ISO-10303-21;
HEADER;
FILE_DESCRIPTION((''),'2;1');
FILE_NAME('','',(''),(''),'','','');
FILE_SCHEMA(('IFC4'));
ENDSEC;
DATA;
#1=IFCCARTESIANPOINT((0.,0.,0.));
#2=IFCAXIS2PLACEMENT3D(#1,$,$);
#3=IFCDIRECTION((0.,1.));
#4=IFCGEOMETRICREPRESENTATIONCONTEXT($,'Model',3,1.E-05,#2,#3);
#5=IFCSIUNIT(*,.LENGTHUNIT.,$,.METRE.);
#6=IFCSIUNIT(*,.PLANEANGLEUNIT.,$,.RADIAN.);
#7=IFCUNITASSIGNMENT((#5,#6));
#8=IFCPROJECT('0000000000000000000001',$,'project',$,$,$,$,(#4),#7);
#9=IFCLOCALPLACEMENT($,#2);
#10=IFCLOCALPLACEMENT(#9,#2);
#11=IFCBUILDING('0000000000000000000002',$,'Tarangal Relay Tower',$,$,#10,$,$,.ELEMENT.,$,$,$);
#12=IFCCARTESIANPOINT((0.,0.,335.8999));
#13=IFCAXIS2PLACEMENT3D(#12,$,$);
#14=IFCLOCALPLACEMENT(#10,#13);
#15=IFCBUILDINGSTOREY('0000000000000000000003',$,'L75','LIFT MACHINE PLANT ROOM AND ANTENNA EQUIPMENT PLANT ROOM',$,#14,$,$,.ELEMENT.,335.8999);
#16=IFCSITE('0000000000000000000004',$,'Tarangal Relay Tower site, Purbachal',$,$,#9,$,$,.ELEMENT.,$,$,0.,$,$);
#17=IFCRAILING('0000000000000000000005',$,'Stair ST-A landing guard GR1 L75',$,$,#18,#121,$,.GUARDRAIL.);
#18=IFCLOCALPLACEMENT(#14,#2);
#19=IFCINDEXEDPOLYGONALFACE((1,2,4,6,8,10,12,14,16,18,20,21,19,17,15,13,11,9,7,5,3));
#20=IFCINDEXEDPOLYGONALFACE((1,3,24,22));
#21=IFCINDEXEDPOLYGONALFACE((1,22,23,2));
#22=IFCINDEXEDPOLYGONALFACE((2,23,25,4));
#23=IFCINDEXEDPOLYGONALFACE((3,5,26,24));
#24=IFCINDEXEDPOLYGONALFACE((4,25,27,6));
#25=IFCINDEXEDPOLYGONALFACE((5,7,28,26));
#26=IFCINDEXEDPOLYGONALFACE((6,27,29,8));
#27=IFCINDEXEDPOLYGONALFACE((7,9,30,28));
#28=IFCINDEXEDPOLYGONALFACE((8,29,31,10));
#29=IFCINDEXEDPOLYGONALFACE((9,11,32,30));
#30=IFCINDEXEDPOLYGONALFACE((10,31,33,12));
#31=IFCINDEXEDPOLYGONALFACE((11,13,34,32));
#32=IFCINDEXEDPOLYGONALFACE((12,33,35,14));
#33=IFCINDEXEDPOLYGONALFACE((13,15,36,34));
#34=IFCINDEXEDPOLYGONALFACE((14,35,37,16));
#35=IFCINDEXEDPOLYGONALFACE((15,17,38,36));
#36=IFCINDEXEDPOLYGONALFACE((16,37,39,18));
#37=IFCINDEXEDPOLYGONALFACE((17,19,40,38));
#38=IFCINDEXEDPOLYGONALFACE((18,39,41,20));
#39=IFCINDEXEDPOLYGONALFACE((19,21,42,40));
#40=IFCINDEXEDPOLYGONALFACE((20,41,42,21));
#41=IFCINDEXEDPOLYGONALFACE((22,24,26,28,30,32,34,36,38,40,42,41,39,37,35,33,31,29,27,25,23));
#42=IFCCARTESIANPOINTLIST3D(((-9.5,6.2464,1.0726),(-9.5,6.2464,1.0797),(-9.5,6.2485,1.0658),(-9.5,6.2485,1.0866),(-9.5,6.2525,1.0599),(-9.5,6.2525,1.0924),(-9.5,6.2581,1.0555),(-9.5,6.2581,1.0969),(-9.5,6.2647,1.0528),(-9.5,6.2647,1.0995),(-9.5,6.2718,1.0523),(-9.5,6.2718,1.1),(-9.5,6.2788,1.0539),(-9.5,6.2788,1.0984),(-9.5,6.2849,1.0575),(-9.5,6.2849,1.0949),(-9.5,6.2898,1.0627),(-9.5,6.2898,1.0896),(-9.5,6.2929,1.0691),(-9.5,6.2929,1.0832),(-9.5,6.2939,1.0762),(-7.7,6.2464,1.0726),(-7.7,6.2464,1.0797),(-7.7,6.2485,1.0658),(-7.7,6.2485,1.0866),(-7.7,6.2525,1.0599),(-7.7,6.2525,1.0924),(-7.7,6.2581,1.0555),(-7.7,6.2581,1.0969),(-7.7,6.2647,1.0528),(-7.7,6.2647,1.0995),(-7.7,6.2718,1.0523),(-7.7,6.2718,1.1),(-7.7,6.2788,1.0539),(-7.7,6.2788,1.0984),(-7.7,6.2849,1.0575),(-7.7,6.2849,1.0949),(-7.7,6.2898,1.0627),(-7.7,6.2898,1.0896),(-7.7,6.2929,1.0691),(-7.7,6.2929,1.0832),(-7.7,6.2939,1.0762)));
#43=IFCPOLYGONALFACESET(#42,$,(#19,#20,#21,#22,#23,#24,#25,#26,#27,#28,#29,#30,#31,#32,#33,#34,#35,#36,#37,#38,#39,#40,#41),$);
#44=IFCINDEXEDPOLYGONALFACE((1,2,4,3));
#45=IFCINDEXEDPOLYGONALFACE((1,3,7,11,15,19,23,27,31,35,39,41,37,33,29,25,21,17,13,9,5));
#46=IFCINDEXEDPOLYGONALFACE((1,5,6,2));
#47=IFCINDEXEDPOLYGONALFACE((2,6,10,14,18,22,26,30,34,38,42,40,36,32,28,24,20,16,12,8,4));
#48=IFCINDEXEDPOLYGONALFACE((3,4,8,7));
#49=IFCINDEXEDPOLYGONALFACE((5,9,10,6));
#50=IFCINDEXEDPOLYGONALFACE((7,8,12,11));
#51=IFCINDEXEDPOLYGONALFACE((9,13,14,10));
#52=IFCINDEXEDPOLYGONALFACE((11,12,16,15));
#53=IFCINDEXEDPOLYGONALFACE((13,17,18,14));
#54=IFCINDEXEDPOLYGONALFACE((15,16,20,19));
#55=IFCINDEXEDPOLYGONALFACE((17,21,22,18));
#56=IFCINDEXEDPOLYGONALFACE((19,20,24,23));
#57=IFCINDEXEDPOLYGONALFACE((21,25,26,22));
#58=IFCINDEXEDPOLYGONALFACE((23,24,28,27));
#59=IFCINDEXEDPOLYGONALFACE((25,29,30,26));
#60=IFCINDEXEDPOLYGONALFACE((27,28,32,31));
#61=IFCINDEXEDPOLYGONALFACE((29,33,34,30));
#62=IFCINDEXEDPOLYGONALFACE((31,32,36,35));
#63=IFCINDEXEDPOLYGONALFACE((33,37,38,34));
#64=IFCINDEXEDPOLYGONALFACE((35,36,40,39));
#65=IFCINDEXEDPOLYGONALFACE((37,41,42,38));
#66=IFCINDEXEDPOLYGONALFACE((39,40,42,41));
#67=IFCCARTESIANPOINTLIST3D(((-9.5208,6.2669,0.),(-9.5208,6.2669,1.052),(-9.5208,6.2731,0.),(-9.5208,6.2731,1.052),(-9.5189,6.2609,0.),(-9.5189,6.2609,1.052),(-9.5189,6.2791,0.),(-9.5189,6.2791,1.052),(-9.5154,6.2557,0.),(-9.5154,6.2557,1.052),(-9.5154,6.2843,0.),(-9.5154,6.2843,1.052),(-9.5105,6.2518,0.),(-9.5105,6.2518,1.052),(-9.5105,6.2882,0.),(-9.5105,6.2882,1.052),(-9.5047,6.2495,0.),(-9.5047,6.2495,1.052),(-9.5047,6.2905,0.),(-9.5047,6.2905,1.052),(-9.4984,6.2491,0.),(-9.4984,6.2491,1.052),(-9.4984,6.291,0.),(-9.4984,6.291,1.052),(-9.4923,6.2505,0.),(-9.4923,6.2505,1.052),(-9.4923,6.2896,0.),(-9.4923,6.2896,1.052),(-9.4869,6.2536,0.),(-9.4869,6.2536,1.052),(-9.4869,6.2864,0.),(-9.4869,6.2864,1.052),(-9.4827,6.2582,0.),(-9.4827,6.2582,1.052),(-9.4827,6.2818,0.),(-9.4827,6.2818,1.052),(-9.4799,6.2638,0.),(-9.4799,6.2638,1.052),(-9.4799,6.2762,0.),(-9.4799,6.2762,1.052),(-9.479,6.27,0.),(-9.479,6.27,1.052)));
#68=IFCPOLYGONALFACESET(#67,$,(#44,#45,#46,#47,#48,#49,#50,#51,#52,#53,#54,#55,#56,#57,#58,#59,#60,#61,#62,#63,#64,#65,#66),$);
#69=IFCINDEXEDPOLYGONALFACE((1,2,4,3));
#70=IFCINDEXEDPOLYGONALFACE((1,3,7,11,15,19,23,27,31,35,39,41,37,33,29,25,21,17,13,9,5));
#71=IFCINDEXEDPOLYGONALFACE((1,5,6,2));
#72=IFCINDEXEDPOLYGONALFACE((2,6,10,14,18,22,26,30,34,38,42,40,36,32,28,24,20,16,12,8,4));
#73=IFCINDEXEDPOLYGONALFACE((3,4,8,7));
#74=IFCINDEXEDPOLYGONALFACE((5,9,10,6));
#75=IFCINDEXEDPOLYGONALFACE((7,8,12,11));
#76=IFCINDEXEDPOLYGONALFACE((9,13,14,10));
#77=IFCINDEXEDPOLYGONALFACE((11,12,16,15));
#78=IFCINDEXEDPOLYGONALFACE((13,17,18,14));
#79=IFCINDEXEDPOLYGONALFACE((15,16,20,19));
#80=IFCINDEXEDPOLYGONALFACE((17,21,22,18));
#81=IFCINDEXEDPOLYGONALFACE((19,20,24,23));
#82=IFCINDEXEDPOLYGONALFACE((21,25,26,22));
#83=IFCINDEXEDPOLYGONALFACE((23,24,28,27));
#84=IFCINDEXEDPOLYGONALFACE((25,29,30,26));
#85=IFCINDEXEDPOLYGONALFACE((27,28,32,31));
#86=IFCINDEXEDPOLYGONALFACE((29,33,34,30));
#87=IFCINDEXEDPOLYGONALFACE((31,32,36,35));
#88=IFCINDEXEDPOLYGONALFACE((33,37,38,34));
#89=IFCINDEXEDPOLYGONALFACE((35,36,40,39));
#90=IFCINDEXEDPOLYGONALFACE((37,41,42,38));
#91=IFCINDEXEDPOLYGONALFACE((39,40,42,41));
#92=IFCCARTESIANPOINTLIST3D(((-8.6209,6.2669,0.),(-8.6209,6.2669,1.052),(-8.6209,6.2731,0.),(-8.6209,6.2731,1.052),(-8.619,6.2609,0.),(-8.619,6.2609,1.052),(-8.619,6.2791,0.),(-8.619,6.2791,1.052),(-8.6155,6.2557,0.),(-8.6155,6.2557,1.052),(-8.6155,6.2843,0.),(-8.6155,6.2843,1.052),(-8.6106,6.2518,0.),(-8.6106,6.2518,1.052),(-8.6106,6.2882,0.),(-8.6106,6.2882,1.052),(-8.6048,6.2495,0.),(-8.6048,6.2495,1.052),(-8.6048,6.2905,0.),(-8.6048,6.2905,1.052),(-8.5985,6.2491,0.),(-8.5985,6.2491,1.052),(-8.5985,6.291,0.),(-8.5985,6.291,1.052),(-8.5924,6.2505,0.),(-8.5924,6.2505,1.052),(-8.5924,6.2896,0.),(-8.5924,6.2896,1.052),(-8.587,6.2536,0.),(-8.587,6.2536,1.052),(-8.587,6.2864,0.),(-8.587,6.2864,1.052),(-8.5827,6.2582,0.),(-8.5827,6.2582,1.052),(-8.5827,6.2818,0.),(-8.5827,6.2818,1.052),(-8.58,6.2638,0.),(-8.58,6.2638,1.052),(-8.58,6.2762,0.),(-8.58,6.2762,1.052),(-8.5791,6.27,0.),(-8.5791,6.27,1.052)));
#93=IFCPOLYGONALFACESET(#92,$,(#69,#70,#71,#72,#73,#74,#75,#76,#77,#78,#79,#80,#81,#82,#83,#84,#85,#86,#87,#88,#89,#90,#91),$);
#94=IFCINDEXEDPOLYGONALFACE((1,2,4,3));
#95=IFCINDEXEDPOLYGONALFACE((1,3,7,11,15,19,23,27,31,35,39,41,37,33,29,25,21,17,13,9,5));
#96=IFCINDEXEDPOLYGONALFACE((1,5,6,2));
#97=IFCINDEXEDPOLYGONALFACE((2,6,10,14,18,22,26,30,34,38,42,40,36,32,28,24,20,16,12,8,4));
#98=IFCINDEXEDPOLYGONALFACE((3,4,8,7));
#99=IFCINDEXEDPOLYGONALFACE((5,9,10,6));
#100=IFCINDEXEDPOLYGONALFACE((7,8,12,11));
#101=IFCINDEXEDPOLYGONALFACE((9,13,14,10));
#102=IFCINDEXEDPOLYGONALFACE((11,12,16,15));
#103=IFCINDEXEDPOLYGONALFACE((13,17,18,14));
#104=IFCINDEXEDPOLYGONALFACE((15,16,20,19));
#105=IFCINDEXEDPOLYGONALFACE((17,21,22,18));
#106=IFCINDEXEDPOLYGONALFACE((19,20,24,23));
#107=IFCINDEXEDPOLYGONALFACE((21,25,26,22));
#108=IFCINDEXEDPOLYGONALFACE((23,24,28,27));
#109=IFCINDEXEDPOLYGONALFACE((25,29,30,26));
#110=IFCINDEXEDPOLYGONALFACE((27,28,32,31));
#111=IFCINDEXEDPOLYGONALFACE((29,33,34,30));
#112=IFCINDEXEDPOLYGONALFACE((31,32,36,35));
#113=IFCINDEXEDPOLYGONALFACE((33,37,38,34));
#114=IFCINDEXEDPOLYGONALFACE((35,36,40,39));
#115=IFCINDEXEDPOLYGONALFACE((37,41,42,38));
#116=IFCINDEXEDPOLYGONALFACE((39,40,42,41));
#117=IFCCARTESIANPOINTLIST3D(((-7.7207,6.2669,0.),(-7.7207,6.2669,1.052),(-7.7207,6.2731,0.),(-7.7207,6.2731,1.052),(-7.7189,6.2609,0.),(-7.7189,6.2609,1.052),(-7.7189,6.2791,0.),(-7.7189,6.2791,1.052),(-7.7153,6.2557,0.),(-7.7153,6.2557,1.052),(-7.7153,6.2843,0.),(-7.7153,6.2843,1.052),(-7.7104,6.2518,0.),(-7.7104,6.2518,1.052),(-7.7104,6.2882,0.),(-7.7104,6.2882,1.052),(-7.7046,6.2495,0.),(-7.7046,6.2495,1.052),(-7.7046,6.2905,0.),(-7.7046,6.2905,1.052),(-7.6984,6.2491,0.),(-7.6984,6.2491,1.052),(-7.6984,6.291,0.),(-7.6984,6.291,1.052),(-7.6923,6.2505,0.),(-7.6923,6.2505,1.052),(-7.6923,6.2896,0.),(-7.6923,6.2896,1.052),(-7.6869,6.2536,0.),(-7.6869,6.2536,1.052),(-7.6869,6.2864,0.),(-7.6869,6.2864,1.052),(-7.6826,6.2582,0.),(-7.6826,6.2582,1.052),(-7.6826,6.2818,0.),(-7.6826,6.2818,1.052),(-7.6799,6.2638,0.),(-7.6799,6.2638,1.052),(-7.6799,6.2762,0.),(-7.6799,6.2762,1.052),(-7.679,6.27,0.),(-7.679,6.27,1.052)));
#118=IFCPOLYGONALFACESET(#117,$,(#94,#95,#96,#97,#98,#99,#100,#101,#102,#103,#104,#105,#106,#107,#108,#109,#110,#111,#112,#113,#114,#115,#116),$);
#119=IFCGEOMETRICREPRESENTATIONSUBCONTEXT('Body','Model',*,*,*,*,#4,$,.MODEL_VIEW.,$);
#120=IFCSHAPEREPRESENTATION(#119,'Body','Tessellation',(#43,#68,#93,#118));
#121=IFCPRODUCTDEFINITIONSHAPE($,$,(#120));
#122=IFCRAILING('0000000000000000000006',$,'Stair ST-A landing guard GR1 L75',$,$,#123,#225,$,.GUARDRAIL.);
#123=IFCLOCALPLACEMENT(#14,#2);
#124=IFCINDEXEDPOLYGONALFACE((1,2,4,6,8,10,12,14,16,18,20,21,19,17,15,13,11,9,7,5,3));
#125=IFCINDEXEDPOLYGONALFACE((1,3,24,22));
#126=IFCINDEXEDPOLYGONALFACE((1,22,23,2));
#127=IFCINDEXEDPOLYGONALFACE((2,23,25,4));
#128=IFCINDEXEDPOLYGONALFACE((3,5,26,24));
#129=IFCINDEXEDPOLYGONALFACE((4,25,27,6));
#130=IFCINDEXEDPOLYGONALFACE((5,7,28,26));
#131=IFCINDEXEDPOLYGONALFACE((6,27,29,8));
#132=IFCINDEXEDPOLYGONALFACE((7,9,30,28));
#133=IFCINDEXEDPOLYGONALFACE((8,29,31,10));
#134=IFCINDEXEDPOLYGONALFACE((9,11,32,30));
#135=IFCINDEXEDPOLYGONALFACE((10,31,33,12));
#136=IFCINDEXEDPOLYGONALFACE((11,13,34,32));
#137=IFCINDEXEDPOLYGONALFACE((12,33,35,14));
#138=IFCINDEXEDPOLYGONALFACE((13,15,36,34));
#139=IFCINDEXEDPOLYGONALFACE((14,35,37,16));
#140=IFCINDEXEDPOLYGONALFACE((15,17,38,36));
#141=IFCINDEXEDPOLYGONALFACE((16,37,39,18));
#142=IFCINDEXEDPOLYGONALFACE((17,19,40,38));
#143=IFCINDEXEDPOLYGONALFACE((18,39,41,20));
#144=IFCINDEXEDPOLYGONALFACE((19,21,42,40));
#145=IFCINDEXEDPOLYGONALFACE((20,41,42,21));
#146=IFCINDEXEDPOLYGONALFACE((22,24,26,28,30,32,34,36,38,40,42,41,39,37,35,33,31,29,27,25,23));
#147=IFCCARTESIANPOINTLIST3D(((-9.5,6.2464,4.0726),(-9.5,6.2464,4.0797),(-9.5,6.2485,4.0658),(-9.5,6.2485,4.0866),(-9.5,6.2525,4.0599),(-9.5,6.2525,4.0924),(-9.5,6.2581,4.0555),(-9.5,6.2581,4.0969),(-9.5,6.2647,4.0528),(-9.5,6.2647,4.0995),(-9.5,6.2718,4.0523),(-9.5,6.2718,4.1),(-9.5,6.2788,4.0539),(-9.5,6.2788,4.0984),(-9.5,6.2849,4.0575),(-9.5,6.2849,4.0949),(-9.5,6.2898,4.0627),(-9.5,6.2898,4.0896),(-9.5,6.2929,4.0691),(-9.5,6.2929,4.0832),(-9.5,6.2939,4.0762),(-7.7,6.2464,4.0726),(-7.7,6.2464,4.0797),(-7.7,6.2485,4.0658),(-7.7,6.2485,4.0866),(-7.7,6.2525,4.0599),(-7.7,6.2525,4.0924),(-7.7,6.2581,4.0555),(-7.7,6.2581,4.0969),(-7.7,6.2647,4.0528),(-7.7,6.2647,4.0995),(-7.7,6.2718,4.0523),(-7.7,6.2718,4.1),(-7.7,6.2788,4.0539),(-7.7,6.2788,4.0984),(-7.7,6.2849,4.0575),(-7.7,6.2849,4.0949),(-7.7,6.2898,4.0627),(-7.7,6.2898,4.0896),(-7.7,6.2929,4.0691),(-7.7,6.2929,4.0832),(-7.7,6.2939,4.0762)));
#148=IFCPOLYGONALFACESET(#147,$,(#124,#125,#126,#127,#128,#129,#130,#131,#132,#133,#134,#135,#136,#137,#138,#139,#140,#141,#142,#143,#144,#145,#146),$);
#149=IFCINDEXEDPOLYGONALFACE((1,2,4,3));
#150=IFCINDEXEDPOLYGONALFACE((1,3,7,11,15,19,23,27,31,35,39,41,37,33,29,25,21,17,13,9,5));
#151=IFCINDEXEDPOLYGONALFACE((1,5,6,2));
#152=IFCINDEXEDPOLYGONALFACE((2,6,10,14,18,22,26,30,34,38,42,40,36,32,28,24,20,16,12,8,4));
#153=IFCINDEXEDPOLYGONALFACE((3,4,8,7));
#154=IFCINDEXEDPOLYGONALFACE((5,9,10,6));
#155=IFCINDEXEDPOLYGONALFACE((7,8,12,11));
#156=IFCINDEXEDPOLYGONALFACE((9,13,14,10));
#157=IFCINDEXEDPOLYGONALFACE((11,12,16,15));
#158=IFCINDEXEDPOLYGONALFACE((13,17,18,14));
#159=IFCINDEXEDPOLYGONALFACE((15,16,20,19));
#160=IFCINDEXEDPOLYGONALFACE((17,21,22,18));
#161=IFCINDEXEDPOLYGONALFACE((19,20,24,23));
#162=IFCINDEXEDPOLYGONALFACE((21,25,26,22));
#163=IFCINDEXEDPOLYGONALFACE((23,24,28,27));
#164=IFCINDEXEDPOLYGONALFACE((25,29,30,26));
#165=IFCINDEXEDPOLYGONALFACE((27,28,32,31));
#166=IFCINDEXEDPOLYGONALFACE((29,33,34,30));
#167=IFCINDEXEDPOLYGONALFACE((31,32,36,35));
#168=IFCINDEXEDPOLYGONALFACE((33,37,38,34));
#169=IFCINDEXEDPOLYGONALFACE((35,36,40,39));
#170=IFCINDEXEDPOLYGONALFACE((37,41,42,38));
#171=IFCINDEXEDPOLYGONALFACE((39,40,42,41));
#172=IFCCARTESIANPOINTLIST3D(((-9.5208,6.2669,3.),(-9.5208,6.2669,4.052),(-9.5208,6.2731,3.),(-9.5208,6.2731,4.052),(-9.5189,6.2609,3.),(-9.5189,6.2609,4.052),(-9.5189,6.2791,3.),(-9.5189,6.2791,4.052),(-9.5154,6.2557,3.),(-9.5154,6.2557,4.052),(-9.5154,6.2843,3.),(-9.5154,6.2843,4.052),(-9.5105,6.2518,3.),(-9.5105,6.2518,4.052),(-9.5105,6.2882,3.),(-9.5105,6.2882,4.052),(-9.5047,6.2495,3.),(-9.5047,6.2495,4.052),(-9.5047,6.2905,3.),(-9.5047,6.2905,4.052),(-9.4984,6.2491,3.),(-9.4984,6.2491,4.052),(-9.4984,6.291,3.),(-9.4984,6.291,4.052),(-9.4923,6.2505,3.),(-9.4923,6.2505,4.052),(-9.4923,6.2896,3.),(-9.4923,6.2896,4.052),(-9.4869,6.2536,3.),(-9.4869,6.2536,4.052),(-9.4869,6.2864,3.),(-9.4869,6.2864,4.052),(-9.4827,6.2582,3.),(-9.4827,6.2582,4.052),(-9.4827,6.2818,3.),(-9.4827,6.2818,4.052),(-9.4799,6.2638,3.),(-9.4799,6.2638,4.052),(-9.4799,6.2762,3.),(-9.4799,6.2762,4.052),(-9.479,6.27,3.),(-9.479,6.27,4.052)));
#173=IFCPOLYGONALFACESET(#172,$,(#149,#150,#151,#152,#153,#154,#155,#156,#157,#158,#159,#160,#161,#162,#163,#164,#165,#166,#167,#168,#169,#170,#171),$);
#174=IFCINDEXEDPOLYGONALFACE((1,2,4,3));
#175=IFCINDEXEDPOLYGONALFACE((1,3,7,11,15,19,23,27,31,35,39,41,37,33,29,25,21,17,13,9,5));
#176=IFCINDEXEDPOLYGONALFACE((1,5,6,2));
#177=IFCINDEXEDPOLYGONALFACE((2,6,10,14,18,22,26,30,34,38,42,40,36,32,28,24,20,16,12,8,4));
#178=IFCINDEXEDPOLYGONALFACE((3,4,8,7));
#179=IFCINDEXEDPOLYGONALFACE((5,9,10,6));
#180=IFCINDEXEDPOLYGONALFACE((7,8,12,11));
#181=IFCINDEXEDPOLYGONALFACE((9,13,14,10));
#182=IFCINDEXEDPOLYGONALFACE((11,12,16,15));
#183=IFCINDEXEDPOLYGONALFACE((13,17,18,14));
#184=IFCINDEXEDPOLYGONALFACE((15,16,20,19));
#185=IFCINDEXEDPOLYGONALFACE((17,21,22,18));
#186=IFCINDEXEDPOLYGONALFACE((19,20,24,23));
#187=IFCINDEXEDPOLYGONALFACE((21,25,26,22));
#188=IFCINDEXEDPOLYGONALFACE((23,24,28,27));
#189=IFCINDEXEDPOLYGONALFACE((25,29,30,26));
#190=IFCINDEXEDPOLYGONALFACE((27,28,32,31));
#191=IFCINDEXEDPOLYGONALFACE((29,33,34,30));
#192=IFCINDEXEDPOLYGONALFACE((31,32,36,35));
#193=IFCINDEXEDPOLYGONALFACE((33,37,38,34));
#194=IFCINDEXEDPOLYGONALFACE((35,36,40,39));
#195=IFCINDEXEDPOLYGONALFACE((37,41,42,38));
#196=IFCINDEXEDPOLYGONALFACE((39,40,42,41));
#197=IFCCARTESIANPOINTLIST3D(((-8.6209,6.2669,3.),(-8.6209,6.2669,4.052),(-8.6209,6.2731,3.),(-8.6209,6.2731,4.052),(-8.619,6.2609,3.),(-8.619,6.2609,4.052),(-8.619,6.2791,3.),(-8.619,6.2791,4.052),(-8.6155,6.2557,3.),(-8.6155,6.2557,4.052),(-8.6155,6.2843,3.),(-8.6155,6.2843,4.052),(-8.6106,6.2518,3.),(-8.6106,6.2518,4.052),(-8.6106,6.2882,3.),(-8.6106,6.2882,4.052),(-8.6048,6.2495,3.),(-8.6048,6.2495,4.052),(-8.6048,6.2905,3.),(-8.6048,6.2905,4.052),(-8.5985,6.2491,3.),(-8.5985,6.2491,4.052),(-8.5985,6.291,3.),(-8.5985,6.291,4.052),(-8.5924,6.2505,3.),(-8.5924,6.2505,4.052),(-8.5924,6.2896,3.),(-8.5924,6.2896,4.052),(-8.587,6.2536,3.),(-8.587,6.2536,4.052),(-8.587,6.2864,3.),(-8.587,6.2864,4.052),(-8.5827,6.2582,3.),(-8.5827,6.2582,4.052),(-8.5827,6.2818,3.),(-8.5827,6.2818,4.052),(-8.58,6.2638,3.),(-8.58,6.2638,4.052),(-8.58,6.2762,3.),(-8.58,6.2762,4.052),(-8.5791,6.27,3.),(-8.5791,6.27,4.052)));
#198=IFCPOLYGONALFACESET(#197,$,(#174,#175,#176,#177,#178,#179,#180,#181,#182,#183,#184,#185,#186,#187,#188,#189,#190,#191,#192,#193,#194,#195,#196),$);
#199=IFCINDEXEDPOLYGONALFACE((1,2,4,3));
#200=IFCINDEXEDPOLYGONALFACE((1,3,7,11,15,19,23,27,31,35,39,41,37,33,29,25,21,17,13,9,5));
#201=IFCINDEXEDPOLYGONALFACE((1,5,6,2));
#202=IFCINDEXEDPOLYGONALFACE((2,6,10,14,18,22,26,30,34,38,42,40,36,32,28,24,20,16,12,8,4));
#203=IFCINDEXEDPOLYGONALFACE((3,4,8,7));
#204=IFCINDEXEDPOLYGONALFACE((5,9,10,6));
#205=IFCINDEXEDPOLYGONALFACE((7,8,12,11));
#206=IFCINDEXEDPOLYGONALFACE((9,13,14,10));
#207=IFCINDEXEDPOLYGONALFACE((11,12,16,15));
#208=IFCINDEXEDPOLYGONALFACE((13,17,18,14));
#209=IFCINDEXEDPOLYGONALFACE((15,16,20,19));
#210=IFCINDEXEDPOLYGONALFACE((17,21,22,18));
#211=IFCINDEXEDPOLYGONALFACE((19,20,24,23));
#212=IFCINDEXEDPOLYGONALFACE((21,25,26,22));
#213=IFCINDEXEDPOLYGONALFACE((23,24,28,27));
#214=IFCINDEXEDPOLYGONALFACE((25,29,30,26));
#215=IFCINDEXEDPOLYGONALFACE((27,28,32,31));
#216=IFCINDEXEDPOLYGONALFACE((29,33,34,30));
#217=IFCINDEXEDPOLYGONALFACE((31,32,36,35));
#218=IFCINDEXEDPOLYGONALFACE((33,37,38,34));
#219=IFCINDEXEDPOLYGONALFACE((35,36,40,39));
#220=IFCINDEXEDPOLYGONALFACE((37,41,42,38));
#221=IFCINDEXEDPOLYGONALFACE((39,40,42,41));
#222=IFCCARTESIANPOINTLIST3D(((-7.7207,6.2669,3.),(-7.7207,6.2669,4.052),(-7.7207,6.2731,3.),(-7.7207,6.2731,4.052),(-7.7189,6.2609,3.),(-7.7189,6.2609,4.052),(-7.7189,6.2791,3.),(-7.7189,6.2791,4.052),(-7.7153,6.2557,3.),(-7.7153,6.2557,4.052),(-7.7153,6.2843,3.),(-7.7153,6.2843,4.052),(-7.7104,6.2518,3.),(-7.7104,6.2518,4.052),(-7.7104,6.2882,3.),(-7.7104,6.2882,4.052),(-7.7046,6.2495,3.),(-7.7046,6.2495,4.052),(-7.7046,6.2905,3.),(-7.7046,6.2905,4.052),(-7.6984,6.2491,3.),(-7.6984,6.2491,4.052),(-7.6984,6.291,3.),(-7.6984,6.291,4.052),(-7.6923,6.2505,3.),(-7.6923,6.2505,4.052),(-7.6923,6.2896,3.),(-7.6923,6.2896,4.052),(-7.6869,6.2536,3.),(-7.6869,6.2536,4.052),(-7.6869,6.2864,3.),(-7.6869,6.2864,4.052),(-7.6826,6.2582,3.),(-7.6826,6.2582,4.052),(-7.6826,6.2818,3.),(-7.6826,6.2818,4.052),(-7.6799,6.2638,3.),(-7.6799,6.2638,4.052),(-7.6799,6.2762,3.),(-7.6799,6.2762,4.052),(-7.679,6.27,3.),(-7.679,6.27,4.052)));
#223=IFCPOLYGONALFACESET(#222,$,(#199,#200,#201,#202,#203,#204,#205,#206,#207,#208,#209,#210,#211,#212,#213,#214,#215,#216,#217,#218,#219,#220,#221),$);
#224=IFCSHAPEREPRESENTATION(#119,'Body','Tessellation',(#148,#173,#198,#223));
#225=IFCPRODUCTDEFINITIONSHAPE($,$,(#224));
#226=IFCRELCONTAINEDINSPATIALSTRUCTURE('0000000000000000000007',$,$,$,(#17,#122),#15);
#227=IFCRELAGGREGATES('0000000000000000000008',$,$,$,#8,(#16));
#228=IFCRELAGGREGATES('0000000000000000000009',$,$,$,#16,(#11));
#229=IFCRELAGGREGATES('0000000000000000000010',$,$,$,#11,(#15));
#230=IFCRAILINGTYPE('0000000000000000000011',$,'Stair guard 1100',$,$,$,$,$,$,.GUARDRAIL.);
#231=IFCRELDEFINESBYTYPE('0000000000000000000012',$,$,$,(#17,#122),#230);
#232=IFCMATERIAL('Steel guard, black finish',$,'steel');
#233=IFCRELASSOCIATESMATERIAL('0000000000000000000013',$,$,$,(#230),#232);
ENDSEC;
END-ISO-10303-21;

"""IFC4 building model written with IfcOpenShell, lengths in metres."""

from ifc_helpers import new_model, si_unit, direction, frame, origin, origin_2d, place, context, subcontext, project, spatial, circle, extrude, material, type_object, element, save


model = new_model("IFC4")

# Units and contexts
model_context = context("Model", 3, precision=1e-05, world=origin(), true_north=direction((0.0, 1.0)))
body_context = subcontext(model_context, "Body", "Model", "MODEL_VIEW")
ifc_project = project(units=[si_unit("LENGTHUNIT", "METRE"), si_unit("PLANEANGLEUNIT", "RADIAN")], contexts=[model_context])

# Site, building, storey
site_placement = place(None, origin())
site = spatial("IfcSite", under=ifc_project, at=site_placement, Name="Tarangal Relay Tower site, Purbachal", CompositionType="ELEMENT", RefElevation=0.0)
building_placement = place(site_placement, origin())
building = spatial("IfcBuilding", under=site, at=building_placement, Name="Tarangal Relay Tower", CompositionType="ELEMENT")
storey_placement = place(building_placement, frame((0.0, 0.0, 335.8999)))
storey = spatial("IfcBuildingStorey", under=building, at=storey_placement, Name="L75", Description="LIFT MACHINE PLANT ROOM AND ANTENNA EQUIPMENT PLANT ROOM", CompositionType="ELEMENT", Elevation=335.8999)

# Railings
ifc_material_1 = material(Name="Steel guard, black finish", Category="steel")
railing_type = type_object("IfcRailingType", Name="Stair guard 1100", PredefinedType="GUARDRAIL", material=ifc_material_1)
for number, where, name in (
    (1, (-9.5, 6.27, 0.0), "Stair ST-A landing guard GR1 L75"),
    (2, (-9.5, 6.27, 3.0), "Stair ST-A landing guard GR1 L75"),
):
    element("IfcRailing", number, at=place(storey_placement, frame(where)), inside=storey, type_object=railing_type, Name=name, PredefinedType="GUARDRAIL", context=body_context, shape_type="SweptSolid", body=[
        extrude(circle(Radius=0.0239, at=origin_2d()), frame((0.0, 0.0, 1.0762), z_axis=(1.0, 0.0, 0.0), x_axis=(0.0, 1.0, 0.0)), (0.0, 0.0, 1.0), 1.8),
        extrude(circle(Radius=0.021, at=origin_2d()), origin(), (0.0, 0.0, 1.0), 1.052),
        extrude(circle(Radius=0.021, at=origin_2d()), frame((0.8999, 0.0, 0.0)), (0.0, 0.0, 1.0), 1.052),
        extrude(circle(Radius=0.021, at=origin_2d()), frame((1.8, 0.0, 0.0)), (0.0, 0.0, 1.0), 1.052),
    ])

save(model, "model.ifc")
